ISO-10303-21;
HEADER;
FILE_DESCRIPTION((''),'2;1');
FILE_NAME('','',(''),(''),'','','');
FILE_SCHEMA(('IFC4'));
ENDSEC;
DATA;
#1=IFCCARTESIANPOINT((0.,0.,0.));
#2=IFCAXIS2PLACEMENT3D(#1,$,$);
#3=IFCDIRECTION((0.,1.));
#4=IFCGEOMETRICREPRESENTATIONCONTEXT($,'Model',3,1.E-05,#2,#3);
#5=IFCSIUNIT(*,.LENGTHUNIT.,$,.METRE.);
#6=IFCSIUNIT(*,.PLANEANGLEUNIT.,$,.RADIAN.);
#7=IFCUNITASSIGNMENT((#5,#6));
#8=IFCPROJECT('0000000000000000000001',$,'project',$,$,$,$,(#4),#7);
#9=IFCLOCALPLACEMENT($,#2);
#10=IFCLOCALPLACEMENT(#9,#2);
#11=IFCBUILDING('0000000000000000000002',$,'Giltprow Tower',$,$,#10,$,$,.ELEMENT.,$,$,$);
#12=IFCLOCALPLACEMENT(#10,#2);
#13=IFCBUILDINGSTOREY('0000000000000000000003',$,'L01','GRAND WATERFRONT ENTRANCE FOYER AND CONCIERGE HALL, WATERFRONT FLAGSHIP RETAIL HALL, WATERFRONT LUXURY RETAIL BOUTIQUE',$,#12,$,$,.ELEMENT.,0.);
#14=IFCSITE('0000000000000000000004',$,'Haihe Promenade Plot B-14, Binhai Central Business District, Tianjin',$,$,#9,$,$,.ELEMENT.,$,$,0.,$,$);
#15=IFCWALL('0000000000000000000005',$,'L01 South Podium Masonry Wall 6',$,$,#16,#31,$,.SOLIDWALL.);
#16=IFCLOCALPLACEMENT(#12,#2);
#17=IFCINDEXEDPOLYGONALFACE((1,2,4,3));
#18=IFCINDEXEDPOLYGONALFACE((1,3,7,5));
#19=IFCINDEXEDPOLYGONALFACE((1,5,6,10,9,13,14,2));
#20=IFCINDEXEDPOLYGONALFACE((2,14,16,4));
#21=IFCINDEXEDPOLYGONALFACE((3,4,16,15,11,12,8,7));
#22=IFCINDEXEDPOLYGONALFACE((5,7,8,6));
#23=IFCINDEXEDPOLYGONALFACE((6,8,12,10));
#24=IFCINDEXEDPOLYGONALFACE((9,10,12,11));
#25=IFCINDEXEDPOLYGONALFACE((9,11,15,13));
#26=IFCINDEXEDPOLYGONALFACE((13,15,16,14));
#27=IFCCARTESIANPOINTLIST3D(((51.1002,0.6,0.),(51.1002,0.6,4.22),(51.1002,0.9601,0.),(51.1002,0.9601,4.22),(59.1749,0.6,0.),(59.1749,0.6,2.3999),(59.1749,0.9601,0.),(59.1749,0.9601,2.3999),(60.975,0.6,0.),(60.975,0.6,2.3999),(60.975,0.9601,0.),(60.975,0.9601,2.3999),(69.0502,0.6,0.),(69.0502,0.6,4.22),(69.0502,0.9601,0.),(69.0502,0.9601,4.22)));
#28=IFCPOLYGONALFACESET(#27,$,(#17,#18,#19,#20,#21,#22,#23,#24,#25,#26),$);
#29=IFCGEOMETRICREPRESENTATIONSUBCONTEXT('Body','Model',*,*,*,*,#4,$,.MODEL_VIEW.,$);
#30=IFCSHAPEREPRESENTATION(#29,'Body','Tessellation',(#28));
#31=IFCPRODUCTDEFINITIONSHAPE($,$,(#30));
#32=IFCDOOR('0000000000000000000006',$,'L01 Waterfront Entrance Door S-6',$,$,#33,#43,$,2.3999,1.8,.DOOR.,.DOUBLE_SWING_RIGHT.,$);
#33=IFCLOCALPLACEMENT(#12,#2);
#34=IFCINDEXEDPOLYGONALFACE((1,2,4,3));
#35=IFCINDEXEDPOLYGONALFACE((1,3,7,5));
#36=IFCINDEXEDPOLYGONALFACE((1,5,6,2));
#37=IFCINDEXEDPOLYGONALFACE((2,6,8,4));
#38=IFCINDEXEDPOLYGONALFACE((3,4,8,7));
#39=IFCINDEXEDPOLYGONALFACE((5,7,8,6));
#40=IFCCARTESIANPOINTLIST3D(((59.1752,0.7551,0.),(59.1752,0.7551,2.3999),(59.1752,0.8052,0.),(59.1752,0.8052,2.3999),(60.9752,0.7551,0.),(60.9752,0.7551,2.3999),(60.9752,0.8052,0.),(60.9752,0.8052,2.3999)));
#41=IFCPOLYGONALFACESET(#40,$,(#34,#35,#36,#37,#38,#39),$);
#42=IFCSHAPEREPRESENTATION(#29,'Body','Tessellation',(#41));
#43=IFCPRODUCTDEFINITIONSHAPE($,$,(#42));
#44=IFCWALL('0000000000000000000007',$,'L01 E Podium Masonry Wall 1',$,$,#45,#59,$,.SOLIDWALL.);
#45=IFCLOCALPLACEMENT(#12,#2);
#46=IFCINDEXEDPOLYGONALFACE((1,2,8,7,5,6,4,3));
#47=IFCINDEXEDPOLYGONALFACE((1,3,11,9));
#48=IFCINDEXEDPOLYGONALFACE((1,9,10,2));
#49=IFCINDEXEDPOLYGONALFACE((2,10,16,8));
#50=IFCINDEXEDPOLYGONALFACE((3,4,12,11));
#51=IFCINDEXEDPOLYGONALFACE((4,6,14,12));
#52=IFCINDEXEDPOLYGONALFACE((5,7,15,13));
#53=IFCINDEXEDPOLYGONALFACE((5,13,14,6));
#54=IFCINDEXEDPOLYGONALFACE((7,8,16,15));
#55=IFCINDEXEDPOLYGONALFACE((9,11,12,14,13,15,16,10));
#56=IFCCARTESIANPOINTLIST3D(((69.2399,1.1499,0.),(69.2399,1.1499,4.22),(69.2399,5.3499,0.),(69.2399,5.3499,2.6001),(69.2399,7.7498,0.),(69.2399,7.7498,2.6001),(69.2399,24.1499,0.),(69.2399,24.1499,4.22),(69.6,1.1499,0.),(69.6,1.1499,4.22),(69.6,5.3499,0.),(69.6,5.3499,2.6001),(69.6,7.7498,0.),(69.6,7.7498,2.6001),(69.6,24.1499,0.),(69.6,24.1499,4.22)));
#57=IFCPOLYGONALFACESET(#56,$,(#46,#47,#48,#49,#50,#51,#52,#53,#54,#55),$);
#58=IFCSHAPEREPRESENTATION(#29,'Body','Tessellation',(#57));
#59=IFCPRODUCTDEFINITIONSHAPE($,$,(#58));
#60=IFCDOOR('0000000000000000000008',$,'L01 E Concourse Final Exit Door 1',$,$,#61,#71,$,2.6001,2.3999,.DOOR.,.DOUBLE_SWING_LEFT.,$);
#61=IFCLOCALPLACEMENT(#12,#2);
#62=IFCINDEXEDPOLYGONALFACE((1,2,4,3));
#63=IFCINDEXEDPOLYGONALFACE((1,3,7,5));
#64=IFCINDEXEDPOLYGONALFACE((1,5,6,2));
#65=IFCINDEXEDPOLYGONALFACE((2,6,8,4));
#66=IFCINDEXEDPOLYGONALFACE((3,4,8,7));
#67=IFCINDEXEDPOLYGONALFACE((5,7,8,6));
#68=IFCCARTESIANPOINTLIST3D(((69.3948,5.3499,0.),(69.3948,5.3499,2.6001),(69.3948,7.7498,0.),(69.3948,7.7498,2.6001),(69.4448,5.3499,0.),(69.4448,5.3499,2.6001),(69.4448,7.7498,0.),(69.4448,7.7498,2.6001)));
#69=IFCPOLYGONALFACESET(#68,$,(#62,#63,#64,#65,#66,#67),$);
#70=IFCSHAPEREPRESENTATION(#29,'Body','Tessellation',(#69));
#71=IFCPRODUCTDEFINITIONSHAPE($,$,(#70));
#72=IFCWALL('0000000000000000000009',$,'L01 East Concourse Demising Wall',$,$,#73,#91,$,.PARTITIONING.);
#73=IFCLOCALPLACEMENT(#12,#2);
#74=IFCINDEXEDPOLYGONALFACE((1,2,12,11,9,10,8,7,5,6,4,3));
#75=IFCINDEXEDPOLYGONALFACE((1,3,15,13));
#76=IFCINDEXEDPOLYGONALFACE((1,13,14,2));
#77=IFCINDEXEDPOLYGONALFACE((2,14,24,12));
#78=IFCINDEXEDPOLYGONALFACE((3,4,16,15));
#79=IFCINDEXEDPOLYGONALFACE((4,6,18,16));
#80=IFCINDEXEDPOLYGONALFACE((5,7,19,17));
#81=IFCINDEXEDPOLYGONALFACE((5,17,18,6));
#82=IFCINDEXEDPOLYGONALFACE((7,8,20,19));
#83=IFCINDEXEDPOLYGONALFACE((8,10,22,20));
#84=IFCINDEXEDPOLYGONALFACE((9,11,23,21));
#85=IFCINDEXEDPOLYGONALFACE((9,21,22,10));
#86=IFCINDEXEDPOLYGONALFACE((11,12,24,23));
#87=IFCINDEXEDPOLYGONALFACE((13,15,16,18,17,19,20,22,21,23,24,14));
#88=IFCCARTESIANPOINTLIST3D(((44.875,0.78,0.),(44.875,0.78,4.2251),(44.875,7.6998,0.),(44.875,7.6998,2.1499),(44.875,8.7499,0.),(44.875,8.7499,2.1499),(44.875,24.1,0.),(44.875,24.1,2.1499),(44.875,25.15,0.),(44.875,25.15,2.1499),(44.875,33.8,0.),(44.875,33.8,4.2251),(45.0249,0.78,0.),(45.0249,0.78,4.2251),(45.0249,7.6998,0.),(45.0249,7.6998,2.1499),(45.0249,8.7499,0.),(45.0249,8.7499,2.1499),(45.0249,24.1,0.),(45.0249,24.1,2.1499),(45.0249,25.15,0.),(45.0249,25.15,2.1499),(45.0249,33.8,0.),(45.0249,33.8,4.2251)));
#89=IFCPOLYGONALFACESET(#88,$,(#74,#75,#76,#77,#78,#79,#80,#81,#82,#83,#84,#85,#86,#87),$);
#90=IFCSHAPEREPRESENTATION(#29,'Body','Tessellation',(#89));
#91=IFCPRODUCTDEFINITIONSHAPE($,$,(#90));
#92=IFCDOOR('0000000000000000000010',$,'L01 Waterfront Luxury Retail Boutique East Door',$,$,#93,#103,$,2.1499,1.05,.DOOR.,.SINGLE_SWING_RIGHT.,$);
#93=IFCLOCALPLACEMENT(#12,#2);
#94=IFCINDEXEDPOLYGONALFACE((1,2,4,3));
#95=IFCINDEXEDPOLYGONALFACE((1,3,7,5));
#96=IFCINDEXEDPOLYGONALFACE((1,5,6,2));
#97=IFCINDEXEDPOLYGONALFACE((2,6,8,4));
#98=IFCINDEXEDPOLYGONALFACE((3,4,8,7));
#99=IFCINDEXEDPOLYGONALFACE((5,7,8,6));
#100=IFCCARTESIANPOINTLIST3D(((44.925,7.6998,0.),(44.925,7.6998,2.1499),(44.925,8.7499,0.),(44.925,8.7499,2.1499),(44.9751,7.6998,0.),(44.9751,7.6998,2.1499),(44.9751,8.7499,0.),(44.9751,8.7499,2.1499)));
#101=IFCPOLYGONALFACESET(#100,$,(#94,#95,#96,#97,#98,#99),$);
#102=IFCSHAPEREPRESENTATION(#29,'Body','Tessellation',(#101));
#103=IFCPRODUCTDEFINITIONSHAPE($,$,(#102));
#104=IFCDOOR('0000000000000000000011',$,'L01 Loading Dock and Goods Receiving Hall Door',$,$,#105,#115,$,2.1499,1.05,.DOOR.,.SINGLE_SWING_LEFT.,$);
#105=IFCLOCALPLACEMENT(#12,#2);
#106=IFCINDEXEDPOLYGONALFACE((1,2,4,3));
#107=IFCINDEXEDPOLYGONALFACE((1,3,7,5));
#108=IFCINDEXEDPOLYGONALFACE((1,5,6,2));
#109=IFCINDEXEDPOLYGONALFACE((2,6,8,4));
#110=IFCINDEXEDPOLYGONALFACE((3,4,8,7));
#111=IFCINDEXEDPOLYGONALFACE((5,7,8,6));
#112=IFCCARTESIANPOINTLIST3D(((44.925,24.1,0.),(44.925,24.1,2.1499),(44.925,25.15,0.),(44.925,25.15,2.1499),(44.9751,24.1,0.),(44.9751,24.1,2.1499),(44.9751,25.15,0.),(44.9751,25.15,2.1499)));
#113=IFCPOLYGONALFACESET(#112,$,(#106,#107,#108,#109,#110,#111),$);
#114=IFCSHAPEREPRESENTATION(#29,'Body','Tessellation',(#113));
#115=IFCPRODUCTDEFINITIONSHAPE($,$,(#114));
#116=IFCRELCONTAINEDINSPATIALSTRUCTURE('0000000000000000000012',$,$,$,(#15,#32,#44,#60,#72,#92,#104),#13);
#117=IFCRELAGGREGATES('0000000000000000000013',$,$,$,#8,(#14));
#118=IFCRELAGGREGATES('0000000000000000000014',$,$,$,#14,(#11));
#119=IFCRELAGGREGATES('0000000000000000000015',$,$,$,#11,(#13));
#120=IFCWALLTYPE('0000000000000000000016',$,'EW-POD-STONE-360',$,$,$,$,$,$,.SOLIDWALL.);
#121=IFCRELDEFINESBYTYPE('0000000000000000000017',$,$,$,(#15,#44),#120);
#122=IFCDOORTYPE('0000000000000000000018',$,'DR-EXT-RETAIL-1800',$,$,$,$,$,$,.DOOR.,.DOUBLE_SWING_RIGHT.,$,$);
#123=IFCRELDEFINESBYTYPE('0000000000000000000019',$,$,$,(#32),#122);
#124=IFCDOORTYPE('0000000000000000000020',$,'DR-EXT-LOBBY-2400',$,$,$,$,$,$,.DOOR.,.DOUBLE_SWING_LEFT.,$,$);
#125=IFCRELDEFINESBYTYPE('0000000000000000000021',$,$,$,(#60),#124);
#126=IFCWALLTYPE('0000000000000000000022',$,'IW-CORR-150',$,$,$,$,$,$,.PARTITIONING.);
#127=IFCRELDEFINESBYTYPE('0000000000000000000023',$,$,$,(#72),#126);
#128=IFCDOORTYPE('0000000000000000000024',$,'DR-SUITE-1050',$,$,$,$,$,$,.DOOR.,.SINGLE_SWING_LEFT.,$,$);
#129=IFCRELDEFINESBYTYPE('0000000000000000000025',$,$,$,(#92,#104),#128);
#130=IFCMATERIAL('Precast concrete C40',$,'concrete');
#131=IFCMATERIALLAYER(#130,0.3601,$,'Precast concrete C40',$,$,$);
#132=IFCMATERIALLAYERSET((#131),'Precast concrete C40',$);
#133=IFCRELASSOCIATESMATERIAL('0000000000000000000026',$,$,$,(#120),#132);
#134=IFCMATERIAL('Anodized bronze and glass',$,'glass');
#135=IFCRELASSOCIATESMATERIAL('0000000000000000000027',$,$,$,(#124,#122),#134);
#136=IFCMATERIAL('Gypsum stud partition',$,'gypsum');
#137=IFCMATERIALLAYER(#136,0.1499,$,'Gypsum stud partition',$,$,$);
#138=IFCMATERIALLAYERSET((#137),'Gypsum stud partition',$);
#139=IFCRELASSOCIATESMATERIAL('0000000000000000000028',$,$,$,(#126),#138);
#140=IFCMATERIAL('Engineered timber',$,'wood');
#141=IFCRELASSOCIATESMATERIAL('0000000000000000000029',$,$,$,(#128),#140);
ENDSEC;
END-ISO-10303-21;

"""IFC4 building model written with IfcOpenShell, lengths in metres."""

from ifc_helpers import new_model, si_unit, direction, frame, frame_2d, origin, place, context, subcontext, project, spatial, rectangle, extrude, source, transform, mapped, material, layer, layer_set, type_object, element, fill, save


model = new_model("IFC4")

# Units and contexts
model_context = context("Model", 3, precision=1e-05, world=origin(), true_north=direction((0.0, 1.0)))
body_context = subcontext(model_context, "Body", "Model", "MODEL_VIEW")
ifc_project = project(units=[si_unit("LENGTHUNIT", "METRE"), si_unit("PLANEANGLEUNIT", "RADIAN")], contexts=[model_context])

# Site, building, storey
site_placement = place(None, origin())
site = spatial("IfcSite", under=ifc_project, at=site_placement, Name="Haihe Promenade Plot B-14, Binhai Central Business District, Tianjin", CompositionType="ELEMENT", RefElevation=0.0)
building_placement = place(site_placement, origin())
building = spatial("IfcBuilding", under=site, at=building_placement, Name="Giltprow Tower", CompositionType="ELEMENT")
storey_placement = place(building_placement, origin())
storey = spatial("IfcBuildingStorey", under=building, at=storey_placement, Name="L01", Description="GRAND WATERFRONT ENTRANCE FOYER AND CONCIERGE HALL, WATERFRONT FLAGSHIP RETAIL HALL, WATERFRONT LUXURY RETAIL BOUTIQUE", CompositionType="ELEMENT", Elevation=0.0)

# Walls, openings, doors
ifc_material_1 = material(Name="Precast concrete C40", Category="concrete")
ifc_layer_1 = layer(ifc_material_1, 0.3601, Name="Precast concrete C40")
ifc_layer_set_1 = layer_set([ifc_layer_1], Name="Precast concrete C40")
wall_type_1 = type_object("IfcWallType", Name="EW-POD-STONE-360", PredefinedType="SOLIDWALL", material=ifc_layer_set_1)
ifc_material_2 = material(Name="Anodized bronze and glass", Category="glass")
door_type_1 = type_object("IfcDoorType", Name="DR-EXT-LOBBY-2400", OperationType="DOUBLE_SWING_LEFT", PredefinedType="DOOR", material=ifc_material_2)
shared_shape_1 = source(origin(), body_context, "Body", "SweptSolid", [
    extrude(rectangle(XDim=2.3999, YDim=2.6001, at=frame_2d((1.2, 1.3))), frame((0.0, 0.0249, 0.0), z_axis=(0.0, -1.0, 0.0), x_axis=(1.0, 0.0, 0.0)), (0.0, 0.0, 1.0), 0.05),
])
wall_1_placement = place(storey_placement, frame((51.1001, 0.78, 0.0), z_axis=(0.0, 0.0, 1.0), x_axis=(1.0, 0.0, 0.0)))
wall_1 = element("IfcWall", 1, at=wall_1_placement, inside=storey, type_object=wall_type_1, Name="L01 South Podium Masonry Wall 6", PredefinedType="SOLIDWALL", context=body_context, shape_type="SweptSolid", body=[
    extrude(rectangle(XDim=17.95, YDim=0.3601, at=frame_2d((8.9751, 0.0))), origin(), (0.0, 0.0, 1.0), 4.22),
])
opening_1_placement = place(wall_1_placement, frame((8.075, 0.0, 0.0)))
opening_1 = element("IfcOpeningElement", 2, at=opening_1_placement, cuts=wall_1, PredefinedType="OPENING", context=body_context, shape_type="SweptSolid", body=[
    extrude(rectangle(XDim=1.8, YDim=2.3999, at=frame_2d((0.8999, 1.2))), frame((0.0, 0.1899, 0.0), z_axis=(0.0, -1.0, 0.0), x_axis=(1.0, 0.0, 0.0)), (0.0, 0.0, 1.0), 0.3801),
])
door_type_2 = type_object("IfcDoorType", Name="DR-EXT-RETAIL-1800", OperationType="DOUBLE_SWING_RIGHT", PredefinedType="DOOR", material=ifc_material_2)
shared_shape_2 = source(origin(), body_context, "Body", "SweptSolid", [
    extrude(rectangle(XDim=1.8, YDim=2.3999, at=frame_2d((0.8999, 1.2))), frame((0.0, 0.0249, 0.0), z_axis=(0.0, -1.0, 0.0), x_axis=(1.0, 0.0, 0.0)), (0.0, 0.0, 1.0), 0.05),
])
door_1_placement = place(opening_1_placement, frame((1.8, 0.0, 0.0), z_axis=(0.0, 0.0, 1.0), x_axis=(-1.0, 0.0, 0.0)))
door_1 = element("IfcDoor", 3, at=door_1_placement, inside=storey, type_object=door_type_2, Name="L01 Waterfront Entrance Door S-6", OperationType="DOUBLE_SWING_RIGHT", OverallHeight=2.3999, OverallWidth=1.8, PredefinedType="DOOR", context=body_context, shape_type="MappedRepresentation", body=[
    mapped(shared_shape_2, transform((0.0, 0.0, 0.0), x_axis=(1.0, 0.0, 0.0), y_axis=(0.0, 1.0, 0.0), z_axis=(0.0, 0.0, 1.0), scale=1.0)),
])
fill(opening_1, door_1)
wall_2_placement = place(storey_placement, frame((69.4199, 1.1499, 0.0), z_axis=(0.0, 0.0, 1.0), x_axis=(0.0, 1.0, 0.0)))
wall_2 = element("IfcWall", 4, at=wall_2_placement, inside=storey, type_object=wall_type_1, Name="L01 E Podium Masonry Wall 1", PredefinedType="SOLIDWALL", context=body_context, shape_type="SweptSolid", body=[
    extrude(rectangle(XDim=23.0, YDim=0.3601, at=frame_2d((11.5, 0.0))), origin(), (0.0, 0.0, 1.0), 4.22),
])
opening_2_placement = place(wall_2_placement, frame((4.2, 0.0, 0.0)))
opening_2 = element("IfcOpeningElement", 5, at=opening_2_placement, cuts=wall_2, PredefinedType="OPENING", context=body_context, shape_type="SweptSolid", body=[
    extrude(rectangle(XDim=2.3999, YDim=2.6001, at=frame_2d((1.2, 1.3))), frame((0.0, 0.1899, 0.0), z_axis=(0.0, -1.0, 0.0), x_axis=(1.0, 0.0, 0.0)), (0.0, 0.0, 1.0), 0.3801),
])
door_2_placement = place(opening_2_placement, frame((2.3999, 0.0, 0.0), z_axis=(0.0, 0.0, 1.0), x_axis=(-1.0, 0.0, 0.0)))
door_2 = element("IfcDoor", 6, at=door_2_placement, inside=storey, type_object=door_type_1, Name="L01 E Concourse Final Exit Door 1", OperationType="DOUBLE_SWING_LEFT", OverallHeight=2.6001, OverallWidth=2.3999, PredefinedType="DOOR", context=body_context, shape_type="MappedRepresentation", body=[
    mapped(shared_shape_1, transform((0.0, 0.0, 0.0), x_axis=(1.0, 0.0, 0.0), y_axis=(0.0, 1.0, 0.0), z_axis=(0.0, 0.0, 1.0), scale=1.0)),
])
fill(opening_2, door_2)

# Wall, openings, doors
ifc_material_3 = material(Name="Gypsum stud partition", Category="gypsum")
ifc_layer_2 = layer(ifc_material_3, 0.1499, Name="Gypsum stud partition")
ifc_layer_set_2 = layer_set([ifc_layer_2], Name="Gypsum stud partition")
wall_type_2 = type_object("IfcWallType", Name="IW-CORR-150", PredefinedType="PARTITIONING", material=ifc_layer_set_2)
wall_3_placement = place(storey_placement, frame((44.95, 0.78, 0.0), z_axis=(0.0, 0.0, 1.0), x_axis=(0.0, 1.0, 0.0)))
wall_3 = element("IfcWall", 7, at=wall_3_placement, inside=storey, type_object=wall_type_2, Name="L01 East Concourse Demising Wall", PredefinedType="PARTITIONING", context=body_context, shape_type="SweptSolid", body=[
    extrude(rectangle(XDim=33.02, YDim=0.1499, at=frame_2d((16.51, 0.0))), origin(), (0.0, 0.0, 1.0), 4.2251),
])
opening_3_placement = place(wall_3_placement, frame((6.9199, 0.0, 0.0)))
opening_3 = element("IfcOpeningElement", 8, at=opening_3_placement, cuts=wall_3, PredefinedType="OPENING", context=body_context, shape_type="SweptSolid", body=[
    extrude(rectangle(XDim=1.05, YDim=2.1499, at=frame_2d((0.5249, 1.075))), frame((0.0, 0.085, 0.0), z_axis=(0.0, -1.0, 0.0), x_axis=(1.0, 0.0, 0.0)), (0.0, 0.0, 1.0), 0.1699),
])
opening_4_placement = place(wall_3_placement, frame((23.3201, 0.0, 0.0)))
opening_4 = element("IfcOpeningElement", 9, at=opening_4_placement, cuts=wall_3, PredefinedType="OPENING", context=body_context, shape_type="SweptSolid", body=[
    extrude(rectangle(XDim=1.05, YDim=2.1499, at=frame_2d((0.5249, 1.075))), frame((0.0, 0.085, 0.0), z_axis=(0.0, -1.0, 0.0), x_axis=(1.0, 0.0, 0.0)), (0.0, 0.0, 1.0), 0.1699),
])
ifc_material_4 = material(Name="Engineered timber", Category="wood")
door_type_3 = type_object("IfcDoorType", Name="DR-SUITE-1050", OperationType="SINGLE_SWING_LEFT", PredefinedType="DOOR", material=ifc_material_4)
shared_shape_3 = source(origin(), body_context, "Body", "SweptSolid", [
    extrude(rectangle(XDim=1.05, YDim=2.1499, at=frame_2d((0.5249, 1.075))), frame((0.0, 0.0249, 0.0), z_axis=(0.0, -1.0, 0.0), x_axis=(1.0, 0.0, 0.0)), (0.0, 0.0, 1.0), 0.05),
])
door_3_placement = place(opening_3_placement, origin())
door_3 = element("IfcDoor", 10, at=door_3_placement, inside=storey, type_object=door_type_3, Name="L01 Waterfront Luxury Retail Boutique East Door", OperationType="SINGLE_SWING_RIGHT", OverallHeight=2.1499, OverallWidth=1.05, PredefinedType="DOOR", context=body_context, shape_type="MappedRepresentation", body=[
    mapped(shared_shape_3, transform((0.0, 0.0, 0.0), x_axis=(1.0, 0.0, 0.0), y_axis=(0.0, 1.0, 0.0), z_axis=(0.0, 0.0, 1.0), scale=1.0)),
])
fill(opening_3, door_3)
door_4_placement = place(opening_4_placement, origin())
door_4 = element("IfcDoor", 11, at=door_4_placement, inside=storey, type_object=door_type_3, Name="L01 Loading Dock and Goods Receiving Hall Door", OperationType="SINGLE_SWING_LEFT", OverallHeight=2.1499, OverallWidth=1.05, PredefinedType="DOOR", context=body_context, shape_type="MappedRepresentation", body=[
    mapped(shared_shape_3, transform((0.0, 0.0, 0.0), x_axis=(1.0, 0.0, 0.0), y_axis=(0.0, 1.0, 0.0), z_axis=(0.0, 0.0, 1.0), scale=1.0)),
])
fill(opening_4, door_4)

save(model, "model.ifc")
